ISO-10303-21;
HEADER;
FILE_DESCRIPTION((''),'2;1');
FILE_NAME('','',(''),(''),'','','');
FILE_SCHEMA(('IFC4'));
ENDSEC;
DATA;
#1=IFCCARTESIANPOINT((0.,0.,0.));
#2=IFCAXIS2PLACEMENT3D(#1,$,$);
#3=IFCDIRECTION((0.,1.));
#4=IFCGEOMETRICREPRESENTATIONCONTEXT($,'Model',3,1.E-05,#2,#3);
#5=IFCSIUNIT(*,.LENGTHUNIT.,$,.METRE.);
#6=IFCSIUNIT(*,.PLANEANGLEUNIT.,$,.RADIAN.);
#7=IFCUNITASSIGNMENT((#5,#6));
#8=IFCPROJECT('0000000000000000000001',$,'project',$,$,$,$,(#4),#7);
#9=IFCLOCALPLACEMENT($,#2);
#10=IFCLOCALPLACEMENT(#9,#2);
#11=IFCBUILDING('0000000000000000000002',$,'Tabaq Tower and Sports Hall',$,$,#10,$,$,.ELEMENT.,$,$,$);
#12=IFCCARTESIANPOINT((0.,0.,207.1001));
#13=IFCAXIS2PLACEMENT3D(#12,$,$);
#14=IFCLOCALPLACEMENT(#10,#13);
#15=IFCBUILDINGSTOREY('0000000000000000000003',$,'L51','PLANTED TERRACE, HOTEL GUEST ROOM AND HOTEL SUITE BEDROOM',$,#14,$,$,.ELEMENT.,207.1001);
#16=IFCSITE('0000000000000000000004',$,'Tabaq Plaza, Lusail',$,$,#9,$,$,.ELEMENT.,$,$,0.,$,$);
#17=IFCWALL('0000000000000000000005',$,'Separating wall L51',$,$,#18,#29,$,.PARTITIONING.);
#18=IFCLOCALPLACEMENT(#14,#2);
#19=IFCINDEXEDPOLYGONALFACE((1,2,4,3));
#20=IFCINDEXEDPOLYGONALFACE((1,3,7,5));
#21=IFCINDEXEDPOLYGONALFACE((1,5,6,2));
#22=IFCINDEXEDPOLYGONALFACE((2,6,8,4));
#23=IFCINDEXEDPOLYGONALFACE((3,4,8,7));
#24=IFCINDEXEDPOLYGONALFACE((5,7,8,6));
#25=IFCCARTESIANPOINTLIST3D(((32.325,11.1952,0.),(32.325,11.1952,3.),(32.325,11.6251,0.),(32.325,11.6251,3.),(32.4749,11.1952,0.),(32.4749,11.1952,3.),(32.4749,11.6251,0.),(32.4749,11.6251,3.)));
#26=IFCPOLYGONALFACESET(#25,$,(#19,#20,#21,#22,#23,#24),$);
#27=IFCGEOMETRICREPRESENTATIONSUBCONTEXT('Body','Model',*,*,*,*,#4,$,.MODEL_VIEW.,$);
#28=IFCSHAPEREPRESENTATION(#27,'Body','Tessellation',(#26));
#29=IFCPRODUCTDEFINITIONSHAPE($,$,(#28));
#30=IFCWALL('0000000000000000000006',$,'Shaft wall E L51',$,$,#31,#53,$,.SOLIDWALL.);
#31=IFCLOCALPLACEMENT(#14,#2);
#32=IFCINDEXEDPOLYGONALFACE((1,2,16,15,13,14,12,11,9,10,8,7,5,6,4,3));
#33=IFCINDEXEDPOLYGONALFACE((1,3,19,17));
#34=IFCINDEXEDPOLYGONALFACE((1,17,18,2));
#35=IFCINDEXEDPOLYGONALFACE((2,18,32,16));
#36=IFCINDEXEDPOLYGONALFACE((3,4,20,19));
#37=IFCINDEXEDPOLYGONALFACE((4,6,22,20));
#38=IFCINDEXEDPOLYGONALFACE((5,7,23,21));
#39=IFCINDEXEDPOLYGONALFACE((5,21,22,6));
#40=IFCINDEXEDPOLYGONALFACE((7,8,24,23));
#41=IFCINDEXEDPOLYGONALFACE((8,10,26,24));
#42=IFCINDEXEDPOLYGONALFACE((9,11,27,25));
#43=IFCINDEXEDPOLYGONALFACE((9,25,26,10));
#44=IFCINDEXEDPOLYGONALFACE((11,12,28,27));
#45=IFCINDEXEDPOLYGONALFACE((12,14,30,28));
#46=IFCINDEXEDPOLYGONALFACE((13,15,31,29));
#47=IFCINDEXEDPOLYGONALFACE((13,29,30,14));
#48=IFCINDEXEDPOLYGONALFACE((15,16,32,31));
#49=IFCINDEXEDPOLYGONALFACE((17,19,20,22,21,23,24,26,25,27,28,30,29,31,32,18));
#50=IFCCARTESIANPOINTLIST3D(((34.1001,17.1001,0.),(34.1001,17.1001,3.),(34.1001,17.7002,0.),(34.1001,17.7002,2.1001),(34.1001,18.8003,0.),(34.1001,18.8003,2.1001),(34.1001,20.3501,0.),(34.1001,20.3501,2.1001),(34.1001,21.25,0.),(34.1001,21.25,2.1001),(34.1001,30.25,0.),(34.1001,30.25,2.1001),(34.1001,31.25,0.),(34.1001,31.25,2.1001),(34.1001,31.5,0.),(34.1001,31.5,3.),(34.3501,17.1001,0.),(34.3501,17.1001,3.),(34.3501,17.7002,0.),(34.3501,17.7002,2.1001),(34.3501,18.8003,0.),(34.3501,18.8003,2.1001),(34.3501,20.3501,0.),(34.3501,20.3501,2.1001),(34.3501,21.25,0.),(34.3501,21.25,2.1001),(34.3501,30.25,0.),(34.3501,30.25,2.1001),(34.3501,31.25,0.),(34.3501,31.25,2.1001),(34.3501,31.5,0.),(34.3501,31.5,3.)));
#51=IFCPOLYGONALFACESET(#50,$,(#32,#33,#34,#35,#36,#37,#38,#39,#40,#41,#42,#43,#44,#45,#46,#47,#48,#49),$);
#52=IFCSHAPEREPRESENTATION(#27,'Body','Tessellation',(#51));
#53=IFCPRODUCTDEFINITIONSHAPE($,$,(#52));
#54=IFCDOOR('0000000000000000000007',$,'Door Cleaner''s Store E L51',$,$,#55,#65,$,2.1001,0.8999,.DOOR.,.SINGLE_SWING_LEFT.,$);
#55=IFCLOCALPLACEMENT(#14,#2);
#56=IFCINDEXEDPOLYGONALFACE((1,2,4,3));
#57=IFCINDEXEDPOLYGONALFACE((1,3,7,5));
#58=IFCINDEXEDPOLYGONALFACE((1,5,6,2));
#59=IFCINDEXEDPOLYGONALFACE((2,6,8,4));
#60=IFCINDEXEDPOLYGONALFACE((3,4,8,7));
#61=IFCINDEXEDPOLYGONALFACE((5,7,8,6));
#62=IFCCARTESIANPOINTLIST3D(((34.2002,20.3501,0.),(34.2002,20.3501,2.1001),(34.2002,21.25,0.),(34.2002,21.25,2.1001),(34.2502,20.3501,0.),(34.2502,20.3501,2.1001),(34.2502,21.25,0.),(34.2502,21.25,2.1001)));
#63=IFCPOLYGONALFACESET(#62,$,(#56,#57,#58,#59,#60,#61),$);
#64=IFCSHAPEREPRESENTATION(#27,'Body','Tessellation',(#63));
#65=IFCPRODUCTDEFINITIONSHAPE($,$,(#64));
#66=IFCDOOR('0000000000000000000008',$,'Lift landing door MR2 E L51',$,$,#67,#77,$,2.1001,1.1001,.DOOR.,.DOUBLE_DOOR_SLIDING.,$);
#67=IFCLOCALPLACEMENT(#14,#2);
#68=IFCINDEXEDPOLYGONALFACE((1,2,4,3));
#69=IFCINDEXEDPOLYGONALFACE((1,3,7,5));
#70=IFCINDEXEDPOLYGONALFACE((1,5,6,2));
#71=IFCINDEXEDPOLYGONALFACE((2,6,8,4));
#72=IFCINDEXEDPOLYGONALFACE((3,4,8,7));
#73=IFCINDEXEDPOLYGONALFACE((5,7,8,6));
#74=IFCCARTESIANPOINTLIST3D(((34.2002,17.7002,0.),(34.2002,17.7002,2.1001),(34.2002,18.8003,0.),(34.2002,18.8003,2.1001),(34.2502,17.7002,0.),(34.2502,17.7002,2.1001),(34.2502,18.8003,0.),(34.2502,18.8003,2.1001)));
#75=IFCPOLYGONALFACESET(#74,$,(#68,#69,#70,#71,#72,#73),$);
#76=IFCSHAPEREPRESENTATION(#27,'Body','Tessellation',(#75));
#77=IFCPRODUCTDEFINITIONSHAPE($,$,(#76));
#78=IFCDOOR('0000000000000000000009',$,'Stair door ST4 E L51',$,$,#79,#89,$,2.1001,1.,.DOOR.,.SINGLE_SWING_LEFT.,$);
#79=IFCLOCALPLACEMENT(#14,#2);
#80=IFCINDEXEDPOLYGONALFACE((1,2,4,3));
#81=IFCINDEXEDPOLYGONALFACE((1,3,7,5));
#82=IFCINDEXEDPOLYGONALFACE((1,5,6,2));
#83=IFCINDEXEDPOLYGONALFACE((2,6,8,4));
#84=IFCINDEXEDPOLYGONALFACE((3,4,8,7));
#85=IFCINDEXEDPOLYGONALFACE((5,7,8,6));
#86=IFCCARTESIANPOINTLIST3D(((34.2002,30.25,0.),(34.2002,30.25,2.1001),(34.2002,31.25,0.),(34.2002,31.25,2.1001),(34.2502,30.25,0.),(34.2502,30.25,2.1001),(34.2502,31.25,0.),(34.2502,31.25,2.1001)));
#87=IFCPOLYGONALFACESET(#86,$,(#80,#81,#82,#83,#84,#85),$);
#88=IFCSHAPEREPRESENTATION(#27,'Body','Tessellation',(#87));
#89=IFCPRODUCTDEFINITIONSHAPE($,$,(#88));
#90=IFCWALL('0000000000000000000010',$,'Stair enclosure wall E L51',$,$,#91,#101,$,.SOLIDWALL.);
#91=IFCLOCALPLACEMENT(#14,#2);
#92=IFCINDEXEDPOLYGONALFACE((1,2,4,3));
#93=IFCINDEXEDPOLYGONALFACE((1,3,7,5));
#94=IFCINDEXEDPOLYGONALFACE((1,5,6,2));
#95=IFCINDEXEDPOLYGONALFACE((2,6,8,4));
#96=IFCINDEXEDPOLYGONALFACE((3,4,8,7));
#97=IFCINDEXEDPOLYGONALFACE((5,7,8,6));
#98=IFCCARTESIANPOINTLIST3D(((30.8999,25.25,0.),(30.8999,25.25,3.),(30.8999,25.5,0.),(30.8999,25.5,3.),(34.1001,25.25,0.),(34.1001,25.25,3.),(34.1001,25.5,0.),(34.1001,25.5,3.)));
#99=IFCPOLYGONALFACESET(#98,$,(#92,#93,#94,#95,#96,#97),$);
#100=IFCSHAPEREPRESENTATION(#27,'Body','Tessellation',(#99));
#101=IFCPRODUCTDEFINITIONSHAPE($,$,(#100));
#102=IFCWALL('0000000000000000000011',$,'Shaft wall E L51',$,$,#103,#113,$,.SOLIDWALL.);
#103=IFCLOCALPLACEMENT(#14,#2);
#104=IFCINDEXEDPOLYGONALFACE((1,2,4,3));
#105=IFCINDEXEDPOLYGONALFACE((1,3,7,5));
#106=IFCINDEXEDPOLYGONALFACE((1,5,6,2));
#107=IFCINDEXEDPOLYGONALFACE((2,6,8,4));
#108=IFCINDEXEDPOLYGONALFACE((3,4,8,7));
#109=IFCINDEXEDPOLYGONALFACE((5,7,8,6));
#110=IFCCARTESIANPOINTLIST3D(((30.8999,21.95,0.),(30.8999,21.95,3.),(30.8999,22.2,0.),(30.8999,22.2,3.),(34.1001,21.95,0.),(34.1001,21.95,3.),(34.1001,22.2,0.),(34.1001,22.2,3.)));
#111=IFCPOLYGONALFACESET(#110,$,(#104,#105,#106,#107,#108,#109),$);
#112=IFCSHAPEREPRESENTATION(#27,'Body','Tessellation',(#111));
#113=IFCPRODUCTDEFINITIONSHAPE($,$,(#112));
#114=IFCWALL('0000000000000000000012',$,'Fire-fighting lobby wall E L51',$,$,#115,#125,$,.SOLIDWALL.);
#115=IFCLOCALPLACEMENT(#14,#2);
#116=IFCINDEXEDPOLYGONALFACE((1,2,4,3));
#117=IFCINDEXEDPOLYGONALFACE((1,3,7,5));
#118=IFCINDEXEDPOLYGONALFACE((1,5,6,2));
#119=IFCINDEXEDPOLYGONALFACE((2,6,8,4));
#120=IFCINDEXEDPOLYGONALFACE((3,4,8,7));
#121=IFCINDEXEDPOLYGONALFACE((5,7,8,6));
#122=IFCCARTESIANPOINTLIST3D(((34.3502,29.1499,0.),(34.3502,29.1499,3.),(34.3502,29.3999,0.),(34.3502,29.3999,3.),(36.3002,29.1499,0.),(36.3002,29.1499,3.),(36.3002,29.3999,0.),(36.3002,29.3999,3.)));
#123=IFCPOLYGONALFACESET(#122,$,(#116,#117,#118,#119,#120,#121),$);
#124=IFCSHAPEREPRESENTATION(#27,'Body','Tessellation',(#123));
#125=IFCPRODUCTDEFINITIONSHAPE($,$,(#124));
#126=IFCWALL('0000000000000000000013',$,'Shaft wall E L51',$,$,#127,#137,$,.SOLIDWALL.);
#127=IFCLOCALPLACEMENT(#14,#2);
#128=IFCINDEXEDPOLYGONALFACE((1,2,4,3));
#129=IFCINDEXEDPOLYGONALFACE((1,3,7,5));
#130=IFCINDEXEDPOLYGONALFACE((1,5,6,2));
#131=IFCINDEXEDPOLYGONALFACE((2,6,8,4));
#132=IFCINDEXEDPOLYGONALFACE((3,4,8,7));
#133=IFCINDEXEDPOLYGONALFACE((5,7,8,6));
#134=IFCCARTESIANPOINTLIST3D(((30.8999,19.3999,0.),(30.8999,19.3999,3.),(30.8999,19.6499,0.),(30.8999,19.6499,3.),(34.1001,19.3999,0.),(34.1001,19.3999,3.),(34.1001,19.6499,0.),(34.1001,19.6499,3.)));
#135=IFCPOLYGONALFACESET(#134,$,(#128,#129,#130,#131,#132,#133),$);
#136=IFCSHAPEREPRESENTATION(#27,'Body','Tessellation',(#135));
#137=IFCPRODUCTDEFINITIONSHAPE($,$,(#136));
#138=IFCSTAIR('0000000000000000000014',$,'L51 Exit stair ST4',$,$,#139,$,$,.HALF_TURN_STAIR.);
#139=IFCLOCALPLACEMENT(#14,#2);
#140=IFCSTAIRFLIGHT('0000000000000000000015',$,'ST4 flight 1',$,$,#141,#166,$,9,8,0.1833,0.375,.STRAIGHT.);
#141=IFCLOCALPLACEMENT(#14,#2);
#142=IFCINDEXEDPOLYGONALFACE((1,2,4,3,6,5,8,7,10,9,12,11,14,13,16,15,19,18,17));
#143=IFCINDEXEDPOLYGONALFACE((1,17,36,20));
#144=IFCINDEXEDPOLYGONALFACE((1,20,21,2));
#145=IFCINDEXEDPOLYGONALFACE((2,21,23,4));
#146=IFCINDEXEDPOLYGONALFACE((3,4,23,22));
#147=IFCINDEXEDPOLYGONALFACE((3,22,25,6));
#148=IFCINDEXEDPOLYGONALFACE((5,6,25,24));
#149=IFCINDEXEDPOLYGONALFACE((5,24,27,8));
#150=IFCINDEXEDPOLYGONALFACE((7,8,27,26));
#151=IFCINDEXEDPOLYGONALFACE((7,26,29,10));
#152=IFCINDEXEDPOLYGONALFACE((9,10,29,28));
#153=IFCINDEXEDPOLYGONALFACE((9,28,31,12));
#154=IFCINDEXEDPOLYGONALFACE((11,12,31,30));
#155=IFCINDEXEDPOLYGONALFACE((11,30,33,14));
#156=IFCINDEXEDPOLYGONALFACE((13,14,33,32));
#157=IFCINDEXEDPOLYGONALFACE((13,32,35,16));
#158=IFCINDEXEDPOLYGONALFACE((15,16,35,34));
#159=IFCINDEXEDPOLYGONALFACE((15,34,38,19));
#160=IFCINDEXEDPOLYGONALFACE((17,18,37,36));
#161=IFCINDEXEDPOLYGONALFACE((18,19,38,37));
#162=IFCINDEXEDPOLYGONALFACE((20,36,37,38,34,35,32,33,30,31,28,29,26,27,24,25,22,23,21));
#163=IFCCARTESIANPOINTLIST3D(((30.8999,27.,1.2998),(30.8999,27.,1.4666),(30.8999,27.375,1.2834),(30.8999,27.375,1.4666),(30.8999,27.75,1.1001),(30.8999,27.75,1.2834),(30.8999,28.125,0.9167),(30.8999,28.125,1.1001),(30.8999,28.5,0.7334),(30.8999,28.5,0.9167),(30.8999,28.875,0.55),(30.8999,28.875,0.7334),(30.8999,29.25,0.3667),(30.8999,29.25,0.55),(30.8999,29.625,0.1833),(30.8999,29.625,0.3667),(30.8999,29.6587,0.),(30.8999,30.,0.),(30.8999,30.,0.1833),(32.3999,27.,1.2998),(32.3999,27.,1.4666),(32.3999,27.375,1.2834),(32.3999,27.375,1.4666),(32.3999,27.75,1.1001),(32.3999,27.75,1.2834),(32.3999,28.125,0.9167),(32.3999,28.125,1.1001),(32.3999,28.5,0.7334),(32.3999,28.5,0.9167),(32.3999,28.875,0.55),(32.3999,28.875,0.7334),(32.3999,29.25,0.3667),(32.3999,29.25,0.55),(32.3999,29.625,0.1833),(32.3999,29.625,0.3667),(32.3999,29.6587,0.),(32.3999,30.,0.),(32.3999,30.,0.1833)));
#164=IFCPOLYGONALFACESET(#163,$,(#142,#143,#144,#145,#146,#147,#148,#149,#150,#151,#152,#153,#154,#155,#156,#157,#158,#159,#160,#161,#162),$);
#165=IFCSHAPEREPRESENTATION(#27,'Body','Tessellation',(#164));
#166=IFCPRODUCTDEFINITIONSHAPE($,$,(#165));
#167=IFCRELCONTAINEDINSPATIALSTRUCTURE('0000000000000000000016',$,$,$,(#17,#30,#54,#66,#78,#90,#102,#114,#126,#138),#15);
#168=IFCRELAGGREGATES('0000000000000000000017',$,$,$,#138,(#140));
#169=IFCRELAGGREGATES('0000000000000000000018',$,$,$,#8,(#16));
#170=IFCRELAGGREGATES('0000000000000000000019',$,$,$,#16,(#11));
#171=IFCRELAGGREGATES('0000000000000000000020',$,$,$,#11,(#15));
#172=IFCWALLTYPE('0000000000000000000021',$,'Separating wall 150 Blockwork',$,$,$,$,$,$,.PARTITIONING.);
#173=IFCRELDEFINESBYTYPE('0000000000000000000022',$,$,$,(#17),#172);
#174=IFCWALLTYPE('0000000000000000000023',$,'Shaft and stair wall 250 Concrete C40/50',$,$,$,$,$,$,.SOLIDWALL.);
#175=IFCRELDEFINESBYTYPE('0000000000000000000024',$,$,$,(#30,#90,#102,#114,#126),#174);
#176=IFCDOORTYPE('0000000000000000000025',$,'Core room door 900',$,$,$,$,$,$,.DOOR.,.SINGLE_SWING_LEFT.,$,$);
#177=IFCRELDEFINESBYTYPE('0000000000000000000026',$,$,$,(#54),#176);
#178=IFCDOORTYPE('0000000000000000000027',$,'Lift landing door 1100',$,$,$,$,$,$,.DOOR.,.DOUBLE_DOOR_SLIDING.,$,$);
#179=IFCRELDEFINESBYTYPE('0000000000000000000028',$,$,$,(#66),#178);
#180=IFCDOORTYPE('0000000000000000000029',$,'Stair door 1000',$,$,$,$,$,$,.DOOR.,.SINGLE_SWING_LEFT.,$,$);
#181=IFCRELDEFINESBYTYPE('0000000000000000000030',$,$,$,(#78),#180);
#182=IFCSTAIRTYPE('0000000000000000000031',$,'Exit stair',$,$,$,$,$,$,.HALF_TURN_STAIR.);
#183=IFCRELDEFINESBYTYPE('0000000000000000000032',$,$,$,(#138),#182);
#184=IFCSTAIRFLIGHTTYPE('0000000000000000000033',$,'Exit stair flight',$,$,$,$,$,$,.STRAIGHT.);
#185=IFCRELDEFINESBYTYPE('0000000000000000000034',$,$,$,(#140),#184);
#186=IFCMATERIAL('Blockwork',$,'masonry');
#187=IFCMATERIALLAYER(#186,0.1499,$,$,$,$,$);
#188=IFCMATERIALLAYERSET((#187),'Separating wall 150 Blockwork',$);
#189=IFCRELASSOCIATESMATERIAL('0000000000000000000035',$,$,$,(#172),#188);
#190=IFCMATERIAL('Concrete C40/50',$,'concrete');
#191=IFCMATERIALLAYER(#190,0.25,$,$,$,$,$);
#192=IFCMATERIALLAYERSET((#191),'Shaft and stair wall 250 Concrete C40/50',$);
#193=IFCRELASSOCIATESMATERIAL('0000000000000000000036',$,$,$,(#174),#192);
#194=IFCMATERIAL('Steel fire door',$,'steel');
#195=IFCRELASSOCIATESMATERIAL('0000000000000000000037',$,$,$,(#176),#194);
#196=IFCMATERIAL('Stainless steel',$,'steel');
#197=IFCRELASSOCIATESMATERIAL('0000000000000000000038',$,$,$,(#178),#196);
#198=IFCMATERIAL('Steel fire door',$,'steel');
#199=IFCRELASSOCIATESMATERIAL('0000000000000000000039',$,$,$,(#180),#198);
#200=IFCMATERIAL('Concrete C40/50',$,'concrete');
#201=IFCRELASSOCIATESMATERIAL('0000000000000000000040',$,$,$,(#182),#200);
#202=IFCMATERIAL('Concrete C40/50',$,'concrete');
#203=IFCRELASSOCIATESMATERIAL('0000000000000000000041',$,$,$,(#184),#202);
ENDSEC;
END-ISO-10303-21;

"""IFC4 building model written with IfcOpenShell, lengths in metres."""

from ifc_helpers import new_model, si_unit, direction, frame, frame_2d, origin, place, context, subcontext, project, spatial, polyline, rectangle, outline, extrude, material, layer, layer_set, type_object, element, fill, aggregate, save


model = new_model("IFC4")

# Units and contexts
model_context = context("Model", 3, precision=1e-05, world=origin(), true_north=direction((0.0, 1.0)))
body_context = subcontext(model_context, "Body", "Model", "MODEL_VIEW")
ifc_project = project(units=[si_unit("LENGTHUNIT", "METRE"), si_unit("PLANEANGLEUNIT", "RADIAN")], contexts=[model_context])

# Site, building, storey
site_placement = place(None, origin())
site = spatial("IfcSite", under=ifc_project, at=site_placement, Name="Tabaq Plaza, Lusail", CompositionType="ELEMENT", RefElevation=0.0)
building_placement = place(site_placement, origin())
building = spatial("IfcBuilding", under=site, at=building_placement, Name="Tabaq Tower and Sports Hall", CompositionType="ELEMENT")
storey_placement = place(building_placement, frame((0.0, 0.0, 207.1001)))
storey = spatial("IfcBuildingStorey", under=building, at=storey_placement, Name="L51", Description="PLANTED TERRACE, HOTEL GUEST ROOM AND HOTEL SUITE BEDROOM", CompositionType="ELEMENT", Elevation=207.1001)

# Wall
ifc_material_1 = material(Name="Blockwork", Category="masonry")
ifc_layer_1 = layer(ifc_material_1, 0.1499)
ifc_layer_set_1 = layer_set([ifc_layer_1], Name="Separating wall 150 Blockwork")
wall_type_1 = type_object("IfcWallType", Name="Separating wall 150 Blockwork", PredefinedType="PARTITIONING", material=ifc_layer_set_1)
wall_1_placement = place(storey_placement, frame((32.3999, 11.625, 0.0), z_axis=(0.0, 0.0, 1.0), x_axis=(0.0, -1.0, 0.0)))
element("IfcWall", 1, at=wall_1_placement, inside=storey, type_object=wall_type_1, Name="Separating wall L51", PredefinedType="PARTITIONING", context=body_context, shape_type="SweptSolid", body=[
    extrude(rectangle(XDim=0.4299, YDim=0.1499, at=frame_2d((0.2148, 0.0))), origin(), (0.0, 0.0, 1.0), 3.0),
])

# Wall, openings, doors
ifc_material_2 = material(Name="Concrete C40/50", Category="concrete")
ifc_layer_2 = layer(ifc_material_2, 0.25)
ifc_layer_set_2 = layer_set([ifc_layer_2], Name="Shaft and stair wall 250 Concrete C40/50")
wall_type_2 = type_object("IfcWallType", Name="Shaft and stair wall 250 Concrete C40/50", PredefinedType="SOLIDWALL", material=ifc_layer_set_2)
wall_2_placement = place(storey_placement, frame((34.2251, 17.1001, 0.0), z_axis=(0.0, 0.0, 1.0), x_axis=(0.0, 1.0, 0.0)))
wall_2 = element("IfcWall", 2, at=wall_2_placement, inside=storey, type_object=wall_type_2, Name="Shaft wall E L51", PredefinedType="SOLIDWALL", context=body_context, shape_type="SweptSolid", body=[
    extrude(rectangle(XDim=14.3999, YDim=0.25, at=frame_2d((7.2, 0.0))), origin(), (0.0, 0.0, 1.0), 3.0),
])
opening_1_placement = place(wall_2_placement, frame((13.1499, 0.0, 0.0)))
opening_1 = element("IfcOpeningElement", 3, at=opening_1_placement, cuts=wall_2, PredefinedType="OPENING", context=body_context, shape_type="SweptSolid", body=[
    extrude(rectangle(XDim=1.0, YDim=2.1001, at=frame_2d((0.5, 1.05))), frame((0.0, 0.125, 0.0), z_axis=(0.0, -1.0, 0.0), x_axis=(1.0, 0.0, 0.0)), (0.0, 0.0, 1.0), 0.25),
])
opening_2_placement = place(wall_2_placement, frame((0.6001, 0.0, 0.0)))
opening_2 = element("IfcOpeningElement", 4, at=opening_2_placement, cuts=wall_2, PredefinedType="OPENING", context=body_context, shape_type="SweptSolid", body=[
    extrude(rectangle(XDim=1.1001, YDim=2.1001, at=frame_2d((0.55, 1.05))), frame((0.0, 0.125, 0.0), z_axis=(0.0, -1.0, 0.0), x_axis=(1.0, 0.0, 0.0)), (0.0, 0.0, 1.0), 0.25),
])
opening_3_placement = place(wall_2_placement, frame((3.25, 0.0, 0.0)))
opening_3 = element("IfcOpeningElement", 5, at=opening_3_placement, cuts=wall_2, PredefinedType="OPENING", context=body_context, shape_type="SweptSolid", body=[
    extrude(rectangle(XDim=0.8999, YDim=2.1001, at=frame_2d((0.45, 1.05))), frame((0.0, 0.125, 0.0), z_axis=(0.0, -1.0, 0.0), x_axis=(1.0, 0.0, 0.0)), (0.0, 0.0, 1.0), 0.25),
])
ifc_material_3 = material(Name="Steel fire door", Category="steel")
door_type_1 = type_object("IfcDoorType", Name="Core room door 900", OperationType="SINGLE_SWING_LEFT", PredefinedType="DOOR", material=ifc_material_3)
door_1_placement = place(opening_3_placement, origin())
door_1 = element("IfcDoor", 6, at=door_1_placement, inside=storey, type_object=door_type_1, Name="Door Cleaner's Store E L51", OperationType="SINGLE_SWING_LEFT", OverallHeight=2.1001, OverallWidth=0.8999, PredefinedType="DOOR", context=body_context, shape_type="SweptSolid", body=[
    extrude(rectangle(XDim=0.8999, YDim=2.1001, at=frame_2d((0.45, 1.05))), frame((0.0, 0.0249, 0.0), z_axis=(0.0, -1.0, 0.0), x_axis=(1.0, 0.0, 0.0)), (0.0, 0.0, 1.0), 0.05),
])
fill(opening_3, door_1)
ifc_material_4 = material(Name="Stainless steel", Category="steel")
door_type_2 = type_object("IfcDoorType", Name="Lift landing door 1100", OperationType="DOUBLE_DOOR_SLIDING", PredefinedType="DOOR", material=ifc_material_4)
door_2_placement = place(opening_2_placement, origin())
door_2 = element("IfcDoor", 7, at=door_2_placement, inside=storey, type_object=door_type_2, Name="Lift landing door MR2 E L51", OperationType="DOUBLE_DOOR_SLIDING", OverallHeight=2.1001, OverallWidth=1.1001, PredefinedType="DOOR", context=body_context, shape_type="SweptSolid", body=[
    extrude(rectangle(XDim=1.1001, YDim=2.1001, at=frame_2d((0.55, 1.05))), frame((0.0, 0.0249, 0.0), z_axis=(0.0, -1.0, 0.0), x_axis=(1.0, 0.0, 0.0)), (0.0, 0.0, 1.0), 0.05),
])
fill(opening_2, door_2)
ifc_material_5 = material(Name="Steel fire door", Category="steel")
door_type_3 = type_object("IfcDoorType", Name="Stair door 1000", OperationType="SINGLE_SWING_LEFT", PredefinedType="DOOR", material=ifc_material_5)
door_3_placement = place(opening_1_placement, origin())
door_3 = element("IfcDoor", 8, at=door_3_placement, inside=storey, type_object=door_type_3, Name="Stair door ST4 E L51", OperationType="SINGLE_SWING_LEFT", OverallHeight=2.1001, OverallWidth=1.0, PredefinedType="DOOR", context=body_context, shape_type="SweptSolid", body=[
    extrude(rectangle(XDim=1.0, YDim=2.1001, at=frame_2d((0.5, 1.05))), frame((0.0, 0.0249, 0.0), z_axis=(0.0, -1.0, 0.0), x_axis=(1.0, 0.0, 0.0)), (0.0, 0.0, 1.0), 0.05),
])
fill(opening_1, door_3)

# Walls
for number, where, z_axis, x_axis, name in (
    (9, (30.8999, 25.375, 0.0), (0.0, 0.0, 1.0), (1.0, 0.0, 0.0), "Stair enclosure wall E L51"),
    (10, (30.8999, 22.075, 0.0), (0.0, 0.0, 1.0), (1.0, 0.0, 0.0), "Shaft wall E L51"),
):
    element("IfcWall", number, at=place(storey_placement, frame(where, z_axis=z_axis, x_axis=x_axis)), inside=storey, type_object=wall_type_2, Name=name, PredefinedType="SOLIDWALL", context=body_context, shape_type="SweptSolid", body=[
        extrude(rectangle(XDim=3.2002, YDim=0.25, at=frame_2d((1.6001, 0.0))), origin(), (0.0, 0.0, 1.0), 3.0),
    ])
wall_3_placement = place(storey_placement, frame((34.3501, 29.2749, 0.0), z_axis=(0.0, 0.0, 1.0), x_axis=(1.0, 0.0, 0.0)))
element("IfcWall", 11, at=wall_3_placement, inside=storey, type_object=wall_type_2, Name="Fire-fighting lobby wall E L51", PredefinedType="SOLIDWALL", context=body_context, shape_type="SweptSolid", body=[
    extrude(rectangle(XDim=1.95, YDim=0.25, at=frame_2d((0.9751, 0.0))), origin(), (0.0, 0.0, 1.0), 3.0),
])
wall_4_placement = place(storey_placement, frame((30.8999, 19.5249, 0.0), z_axis=(0.0, 0.0, 1.0), x_axis=(1.0, 0.0, 0.0)))
element("IfcWall", 12, at=wall_4_placement, inside=storey, type_object=wall_type_2, Name="Shaft wall E L51", PredefinedType="SOLIDWALL", context=body_context, shape_type="SweptSolid", body=[
    extrude(rectangle(XDim=3.2002, YDim=0.25, at=frame_2d((1.6001, 0.0))), origin(), (0.0, 0.0, 1.0), 3.0),
])

# Stair, stair flight
ifc_material_6 = material(Name="Concrete C40/50", Category="concrete")
stair_type = type_object("IfcStairType", Name="Exit stair", PredefinedType="HALF_TURN_STAIR", material=ifc_material_6)
stair_placement = place(storey_placement, origin())
stair = element("IfcStair", 13, at=stair_placement, inside=storey, type_object=stair_type, Name="L51 Exit stair ST4", PredefinedType="HALF_TURN_STAIR")
ifc_material_7 = material(Name="Concrete C40/50", Category="concrete")
stair_flight_type = type_object("IfcStairFlightType", Name="Exit stair flight", PredefinedType="STRAIGHT", material=ifc_material_7)
stair_flight_1_placement = place(storey_placement, frame((31.6499, 30.0, 0.0), z_axis=(0.0, 0.0, 1.0), x_axis=(0.0, -1.0, 0.0)))
stair_flight_1 = element("IfcStairFlight", 14, at=stair_flight_1_placement, type_object=stair_flight_type, Name="ST4 flight 1", NumberOfRisers=9, NumberOfTreads=8, PredefinedType="STRAIGHT", RiserHeight=0.1833, TreadLength=0.375, context=body_context, shape_type="SweptSolid", body=[
    extrude(outline(polyline([(0.0, 0.0), (0.0, 0.1833), (0.375, 0.1833), (0.375, 0.3667), (0.75, 0.3667), (0.75, 0.55), (1.125, 0.55), (1.125, 0.7334), (1.5, 0.7334), (1.5, 0.9167), (1.875, 0.9167), (1.875, 1.1001), (2.25, 1.1001), (2.25, 1.2834), (2.625, 1.2834), (2.625, 1.4666), (3.0, 1.4666), (3.0, 1.6499), (3.0, 1.2998), (0.3413, 0.0), (0.0, 0.0)])), frame((0.0, 0.75, 0.0), z_axis=(0.0, -1.0, 0.0), x_axis=(1.0, 0.0, 0.0)), (0.0, 0.0, 1.0), 1.5),
])
aggregate(stair, [stair_flight_1])

save(model, "model.ifc")
